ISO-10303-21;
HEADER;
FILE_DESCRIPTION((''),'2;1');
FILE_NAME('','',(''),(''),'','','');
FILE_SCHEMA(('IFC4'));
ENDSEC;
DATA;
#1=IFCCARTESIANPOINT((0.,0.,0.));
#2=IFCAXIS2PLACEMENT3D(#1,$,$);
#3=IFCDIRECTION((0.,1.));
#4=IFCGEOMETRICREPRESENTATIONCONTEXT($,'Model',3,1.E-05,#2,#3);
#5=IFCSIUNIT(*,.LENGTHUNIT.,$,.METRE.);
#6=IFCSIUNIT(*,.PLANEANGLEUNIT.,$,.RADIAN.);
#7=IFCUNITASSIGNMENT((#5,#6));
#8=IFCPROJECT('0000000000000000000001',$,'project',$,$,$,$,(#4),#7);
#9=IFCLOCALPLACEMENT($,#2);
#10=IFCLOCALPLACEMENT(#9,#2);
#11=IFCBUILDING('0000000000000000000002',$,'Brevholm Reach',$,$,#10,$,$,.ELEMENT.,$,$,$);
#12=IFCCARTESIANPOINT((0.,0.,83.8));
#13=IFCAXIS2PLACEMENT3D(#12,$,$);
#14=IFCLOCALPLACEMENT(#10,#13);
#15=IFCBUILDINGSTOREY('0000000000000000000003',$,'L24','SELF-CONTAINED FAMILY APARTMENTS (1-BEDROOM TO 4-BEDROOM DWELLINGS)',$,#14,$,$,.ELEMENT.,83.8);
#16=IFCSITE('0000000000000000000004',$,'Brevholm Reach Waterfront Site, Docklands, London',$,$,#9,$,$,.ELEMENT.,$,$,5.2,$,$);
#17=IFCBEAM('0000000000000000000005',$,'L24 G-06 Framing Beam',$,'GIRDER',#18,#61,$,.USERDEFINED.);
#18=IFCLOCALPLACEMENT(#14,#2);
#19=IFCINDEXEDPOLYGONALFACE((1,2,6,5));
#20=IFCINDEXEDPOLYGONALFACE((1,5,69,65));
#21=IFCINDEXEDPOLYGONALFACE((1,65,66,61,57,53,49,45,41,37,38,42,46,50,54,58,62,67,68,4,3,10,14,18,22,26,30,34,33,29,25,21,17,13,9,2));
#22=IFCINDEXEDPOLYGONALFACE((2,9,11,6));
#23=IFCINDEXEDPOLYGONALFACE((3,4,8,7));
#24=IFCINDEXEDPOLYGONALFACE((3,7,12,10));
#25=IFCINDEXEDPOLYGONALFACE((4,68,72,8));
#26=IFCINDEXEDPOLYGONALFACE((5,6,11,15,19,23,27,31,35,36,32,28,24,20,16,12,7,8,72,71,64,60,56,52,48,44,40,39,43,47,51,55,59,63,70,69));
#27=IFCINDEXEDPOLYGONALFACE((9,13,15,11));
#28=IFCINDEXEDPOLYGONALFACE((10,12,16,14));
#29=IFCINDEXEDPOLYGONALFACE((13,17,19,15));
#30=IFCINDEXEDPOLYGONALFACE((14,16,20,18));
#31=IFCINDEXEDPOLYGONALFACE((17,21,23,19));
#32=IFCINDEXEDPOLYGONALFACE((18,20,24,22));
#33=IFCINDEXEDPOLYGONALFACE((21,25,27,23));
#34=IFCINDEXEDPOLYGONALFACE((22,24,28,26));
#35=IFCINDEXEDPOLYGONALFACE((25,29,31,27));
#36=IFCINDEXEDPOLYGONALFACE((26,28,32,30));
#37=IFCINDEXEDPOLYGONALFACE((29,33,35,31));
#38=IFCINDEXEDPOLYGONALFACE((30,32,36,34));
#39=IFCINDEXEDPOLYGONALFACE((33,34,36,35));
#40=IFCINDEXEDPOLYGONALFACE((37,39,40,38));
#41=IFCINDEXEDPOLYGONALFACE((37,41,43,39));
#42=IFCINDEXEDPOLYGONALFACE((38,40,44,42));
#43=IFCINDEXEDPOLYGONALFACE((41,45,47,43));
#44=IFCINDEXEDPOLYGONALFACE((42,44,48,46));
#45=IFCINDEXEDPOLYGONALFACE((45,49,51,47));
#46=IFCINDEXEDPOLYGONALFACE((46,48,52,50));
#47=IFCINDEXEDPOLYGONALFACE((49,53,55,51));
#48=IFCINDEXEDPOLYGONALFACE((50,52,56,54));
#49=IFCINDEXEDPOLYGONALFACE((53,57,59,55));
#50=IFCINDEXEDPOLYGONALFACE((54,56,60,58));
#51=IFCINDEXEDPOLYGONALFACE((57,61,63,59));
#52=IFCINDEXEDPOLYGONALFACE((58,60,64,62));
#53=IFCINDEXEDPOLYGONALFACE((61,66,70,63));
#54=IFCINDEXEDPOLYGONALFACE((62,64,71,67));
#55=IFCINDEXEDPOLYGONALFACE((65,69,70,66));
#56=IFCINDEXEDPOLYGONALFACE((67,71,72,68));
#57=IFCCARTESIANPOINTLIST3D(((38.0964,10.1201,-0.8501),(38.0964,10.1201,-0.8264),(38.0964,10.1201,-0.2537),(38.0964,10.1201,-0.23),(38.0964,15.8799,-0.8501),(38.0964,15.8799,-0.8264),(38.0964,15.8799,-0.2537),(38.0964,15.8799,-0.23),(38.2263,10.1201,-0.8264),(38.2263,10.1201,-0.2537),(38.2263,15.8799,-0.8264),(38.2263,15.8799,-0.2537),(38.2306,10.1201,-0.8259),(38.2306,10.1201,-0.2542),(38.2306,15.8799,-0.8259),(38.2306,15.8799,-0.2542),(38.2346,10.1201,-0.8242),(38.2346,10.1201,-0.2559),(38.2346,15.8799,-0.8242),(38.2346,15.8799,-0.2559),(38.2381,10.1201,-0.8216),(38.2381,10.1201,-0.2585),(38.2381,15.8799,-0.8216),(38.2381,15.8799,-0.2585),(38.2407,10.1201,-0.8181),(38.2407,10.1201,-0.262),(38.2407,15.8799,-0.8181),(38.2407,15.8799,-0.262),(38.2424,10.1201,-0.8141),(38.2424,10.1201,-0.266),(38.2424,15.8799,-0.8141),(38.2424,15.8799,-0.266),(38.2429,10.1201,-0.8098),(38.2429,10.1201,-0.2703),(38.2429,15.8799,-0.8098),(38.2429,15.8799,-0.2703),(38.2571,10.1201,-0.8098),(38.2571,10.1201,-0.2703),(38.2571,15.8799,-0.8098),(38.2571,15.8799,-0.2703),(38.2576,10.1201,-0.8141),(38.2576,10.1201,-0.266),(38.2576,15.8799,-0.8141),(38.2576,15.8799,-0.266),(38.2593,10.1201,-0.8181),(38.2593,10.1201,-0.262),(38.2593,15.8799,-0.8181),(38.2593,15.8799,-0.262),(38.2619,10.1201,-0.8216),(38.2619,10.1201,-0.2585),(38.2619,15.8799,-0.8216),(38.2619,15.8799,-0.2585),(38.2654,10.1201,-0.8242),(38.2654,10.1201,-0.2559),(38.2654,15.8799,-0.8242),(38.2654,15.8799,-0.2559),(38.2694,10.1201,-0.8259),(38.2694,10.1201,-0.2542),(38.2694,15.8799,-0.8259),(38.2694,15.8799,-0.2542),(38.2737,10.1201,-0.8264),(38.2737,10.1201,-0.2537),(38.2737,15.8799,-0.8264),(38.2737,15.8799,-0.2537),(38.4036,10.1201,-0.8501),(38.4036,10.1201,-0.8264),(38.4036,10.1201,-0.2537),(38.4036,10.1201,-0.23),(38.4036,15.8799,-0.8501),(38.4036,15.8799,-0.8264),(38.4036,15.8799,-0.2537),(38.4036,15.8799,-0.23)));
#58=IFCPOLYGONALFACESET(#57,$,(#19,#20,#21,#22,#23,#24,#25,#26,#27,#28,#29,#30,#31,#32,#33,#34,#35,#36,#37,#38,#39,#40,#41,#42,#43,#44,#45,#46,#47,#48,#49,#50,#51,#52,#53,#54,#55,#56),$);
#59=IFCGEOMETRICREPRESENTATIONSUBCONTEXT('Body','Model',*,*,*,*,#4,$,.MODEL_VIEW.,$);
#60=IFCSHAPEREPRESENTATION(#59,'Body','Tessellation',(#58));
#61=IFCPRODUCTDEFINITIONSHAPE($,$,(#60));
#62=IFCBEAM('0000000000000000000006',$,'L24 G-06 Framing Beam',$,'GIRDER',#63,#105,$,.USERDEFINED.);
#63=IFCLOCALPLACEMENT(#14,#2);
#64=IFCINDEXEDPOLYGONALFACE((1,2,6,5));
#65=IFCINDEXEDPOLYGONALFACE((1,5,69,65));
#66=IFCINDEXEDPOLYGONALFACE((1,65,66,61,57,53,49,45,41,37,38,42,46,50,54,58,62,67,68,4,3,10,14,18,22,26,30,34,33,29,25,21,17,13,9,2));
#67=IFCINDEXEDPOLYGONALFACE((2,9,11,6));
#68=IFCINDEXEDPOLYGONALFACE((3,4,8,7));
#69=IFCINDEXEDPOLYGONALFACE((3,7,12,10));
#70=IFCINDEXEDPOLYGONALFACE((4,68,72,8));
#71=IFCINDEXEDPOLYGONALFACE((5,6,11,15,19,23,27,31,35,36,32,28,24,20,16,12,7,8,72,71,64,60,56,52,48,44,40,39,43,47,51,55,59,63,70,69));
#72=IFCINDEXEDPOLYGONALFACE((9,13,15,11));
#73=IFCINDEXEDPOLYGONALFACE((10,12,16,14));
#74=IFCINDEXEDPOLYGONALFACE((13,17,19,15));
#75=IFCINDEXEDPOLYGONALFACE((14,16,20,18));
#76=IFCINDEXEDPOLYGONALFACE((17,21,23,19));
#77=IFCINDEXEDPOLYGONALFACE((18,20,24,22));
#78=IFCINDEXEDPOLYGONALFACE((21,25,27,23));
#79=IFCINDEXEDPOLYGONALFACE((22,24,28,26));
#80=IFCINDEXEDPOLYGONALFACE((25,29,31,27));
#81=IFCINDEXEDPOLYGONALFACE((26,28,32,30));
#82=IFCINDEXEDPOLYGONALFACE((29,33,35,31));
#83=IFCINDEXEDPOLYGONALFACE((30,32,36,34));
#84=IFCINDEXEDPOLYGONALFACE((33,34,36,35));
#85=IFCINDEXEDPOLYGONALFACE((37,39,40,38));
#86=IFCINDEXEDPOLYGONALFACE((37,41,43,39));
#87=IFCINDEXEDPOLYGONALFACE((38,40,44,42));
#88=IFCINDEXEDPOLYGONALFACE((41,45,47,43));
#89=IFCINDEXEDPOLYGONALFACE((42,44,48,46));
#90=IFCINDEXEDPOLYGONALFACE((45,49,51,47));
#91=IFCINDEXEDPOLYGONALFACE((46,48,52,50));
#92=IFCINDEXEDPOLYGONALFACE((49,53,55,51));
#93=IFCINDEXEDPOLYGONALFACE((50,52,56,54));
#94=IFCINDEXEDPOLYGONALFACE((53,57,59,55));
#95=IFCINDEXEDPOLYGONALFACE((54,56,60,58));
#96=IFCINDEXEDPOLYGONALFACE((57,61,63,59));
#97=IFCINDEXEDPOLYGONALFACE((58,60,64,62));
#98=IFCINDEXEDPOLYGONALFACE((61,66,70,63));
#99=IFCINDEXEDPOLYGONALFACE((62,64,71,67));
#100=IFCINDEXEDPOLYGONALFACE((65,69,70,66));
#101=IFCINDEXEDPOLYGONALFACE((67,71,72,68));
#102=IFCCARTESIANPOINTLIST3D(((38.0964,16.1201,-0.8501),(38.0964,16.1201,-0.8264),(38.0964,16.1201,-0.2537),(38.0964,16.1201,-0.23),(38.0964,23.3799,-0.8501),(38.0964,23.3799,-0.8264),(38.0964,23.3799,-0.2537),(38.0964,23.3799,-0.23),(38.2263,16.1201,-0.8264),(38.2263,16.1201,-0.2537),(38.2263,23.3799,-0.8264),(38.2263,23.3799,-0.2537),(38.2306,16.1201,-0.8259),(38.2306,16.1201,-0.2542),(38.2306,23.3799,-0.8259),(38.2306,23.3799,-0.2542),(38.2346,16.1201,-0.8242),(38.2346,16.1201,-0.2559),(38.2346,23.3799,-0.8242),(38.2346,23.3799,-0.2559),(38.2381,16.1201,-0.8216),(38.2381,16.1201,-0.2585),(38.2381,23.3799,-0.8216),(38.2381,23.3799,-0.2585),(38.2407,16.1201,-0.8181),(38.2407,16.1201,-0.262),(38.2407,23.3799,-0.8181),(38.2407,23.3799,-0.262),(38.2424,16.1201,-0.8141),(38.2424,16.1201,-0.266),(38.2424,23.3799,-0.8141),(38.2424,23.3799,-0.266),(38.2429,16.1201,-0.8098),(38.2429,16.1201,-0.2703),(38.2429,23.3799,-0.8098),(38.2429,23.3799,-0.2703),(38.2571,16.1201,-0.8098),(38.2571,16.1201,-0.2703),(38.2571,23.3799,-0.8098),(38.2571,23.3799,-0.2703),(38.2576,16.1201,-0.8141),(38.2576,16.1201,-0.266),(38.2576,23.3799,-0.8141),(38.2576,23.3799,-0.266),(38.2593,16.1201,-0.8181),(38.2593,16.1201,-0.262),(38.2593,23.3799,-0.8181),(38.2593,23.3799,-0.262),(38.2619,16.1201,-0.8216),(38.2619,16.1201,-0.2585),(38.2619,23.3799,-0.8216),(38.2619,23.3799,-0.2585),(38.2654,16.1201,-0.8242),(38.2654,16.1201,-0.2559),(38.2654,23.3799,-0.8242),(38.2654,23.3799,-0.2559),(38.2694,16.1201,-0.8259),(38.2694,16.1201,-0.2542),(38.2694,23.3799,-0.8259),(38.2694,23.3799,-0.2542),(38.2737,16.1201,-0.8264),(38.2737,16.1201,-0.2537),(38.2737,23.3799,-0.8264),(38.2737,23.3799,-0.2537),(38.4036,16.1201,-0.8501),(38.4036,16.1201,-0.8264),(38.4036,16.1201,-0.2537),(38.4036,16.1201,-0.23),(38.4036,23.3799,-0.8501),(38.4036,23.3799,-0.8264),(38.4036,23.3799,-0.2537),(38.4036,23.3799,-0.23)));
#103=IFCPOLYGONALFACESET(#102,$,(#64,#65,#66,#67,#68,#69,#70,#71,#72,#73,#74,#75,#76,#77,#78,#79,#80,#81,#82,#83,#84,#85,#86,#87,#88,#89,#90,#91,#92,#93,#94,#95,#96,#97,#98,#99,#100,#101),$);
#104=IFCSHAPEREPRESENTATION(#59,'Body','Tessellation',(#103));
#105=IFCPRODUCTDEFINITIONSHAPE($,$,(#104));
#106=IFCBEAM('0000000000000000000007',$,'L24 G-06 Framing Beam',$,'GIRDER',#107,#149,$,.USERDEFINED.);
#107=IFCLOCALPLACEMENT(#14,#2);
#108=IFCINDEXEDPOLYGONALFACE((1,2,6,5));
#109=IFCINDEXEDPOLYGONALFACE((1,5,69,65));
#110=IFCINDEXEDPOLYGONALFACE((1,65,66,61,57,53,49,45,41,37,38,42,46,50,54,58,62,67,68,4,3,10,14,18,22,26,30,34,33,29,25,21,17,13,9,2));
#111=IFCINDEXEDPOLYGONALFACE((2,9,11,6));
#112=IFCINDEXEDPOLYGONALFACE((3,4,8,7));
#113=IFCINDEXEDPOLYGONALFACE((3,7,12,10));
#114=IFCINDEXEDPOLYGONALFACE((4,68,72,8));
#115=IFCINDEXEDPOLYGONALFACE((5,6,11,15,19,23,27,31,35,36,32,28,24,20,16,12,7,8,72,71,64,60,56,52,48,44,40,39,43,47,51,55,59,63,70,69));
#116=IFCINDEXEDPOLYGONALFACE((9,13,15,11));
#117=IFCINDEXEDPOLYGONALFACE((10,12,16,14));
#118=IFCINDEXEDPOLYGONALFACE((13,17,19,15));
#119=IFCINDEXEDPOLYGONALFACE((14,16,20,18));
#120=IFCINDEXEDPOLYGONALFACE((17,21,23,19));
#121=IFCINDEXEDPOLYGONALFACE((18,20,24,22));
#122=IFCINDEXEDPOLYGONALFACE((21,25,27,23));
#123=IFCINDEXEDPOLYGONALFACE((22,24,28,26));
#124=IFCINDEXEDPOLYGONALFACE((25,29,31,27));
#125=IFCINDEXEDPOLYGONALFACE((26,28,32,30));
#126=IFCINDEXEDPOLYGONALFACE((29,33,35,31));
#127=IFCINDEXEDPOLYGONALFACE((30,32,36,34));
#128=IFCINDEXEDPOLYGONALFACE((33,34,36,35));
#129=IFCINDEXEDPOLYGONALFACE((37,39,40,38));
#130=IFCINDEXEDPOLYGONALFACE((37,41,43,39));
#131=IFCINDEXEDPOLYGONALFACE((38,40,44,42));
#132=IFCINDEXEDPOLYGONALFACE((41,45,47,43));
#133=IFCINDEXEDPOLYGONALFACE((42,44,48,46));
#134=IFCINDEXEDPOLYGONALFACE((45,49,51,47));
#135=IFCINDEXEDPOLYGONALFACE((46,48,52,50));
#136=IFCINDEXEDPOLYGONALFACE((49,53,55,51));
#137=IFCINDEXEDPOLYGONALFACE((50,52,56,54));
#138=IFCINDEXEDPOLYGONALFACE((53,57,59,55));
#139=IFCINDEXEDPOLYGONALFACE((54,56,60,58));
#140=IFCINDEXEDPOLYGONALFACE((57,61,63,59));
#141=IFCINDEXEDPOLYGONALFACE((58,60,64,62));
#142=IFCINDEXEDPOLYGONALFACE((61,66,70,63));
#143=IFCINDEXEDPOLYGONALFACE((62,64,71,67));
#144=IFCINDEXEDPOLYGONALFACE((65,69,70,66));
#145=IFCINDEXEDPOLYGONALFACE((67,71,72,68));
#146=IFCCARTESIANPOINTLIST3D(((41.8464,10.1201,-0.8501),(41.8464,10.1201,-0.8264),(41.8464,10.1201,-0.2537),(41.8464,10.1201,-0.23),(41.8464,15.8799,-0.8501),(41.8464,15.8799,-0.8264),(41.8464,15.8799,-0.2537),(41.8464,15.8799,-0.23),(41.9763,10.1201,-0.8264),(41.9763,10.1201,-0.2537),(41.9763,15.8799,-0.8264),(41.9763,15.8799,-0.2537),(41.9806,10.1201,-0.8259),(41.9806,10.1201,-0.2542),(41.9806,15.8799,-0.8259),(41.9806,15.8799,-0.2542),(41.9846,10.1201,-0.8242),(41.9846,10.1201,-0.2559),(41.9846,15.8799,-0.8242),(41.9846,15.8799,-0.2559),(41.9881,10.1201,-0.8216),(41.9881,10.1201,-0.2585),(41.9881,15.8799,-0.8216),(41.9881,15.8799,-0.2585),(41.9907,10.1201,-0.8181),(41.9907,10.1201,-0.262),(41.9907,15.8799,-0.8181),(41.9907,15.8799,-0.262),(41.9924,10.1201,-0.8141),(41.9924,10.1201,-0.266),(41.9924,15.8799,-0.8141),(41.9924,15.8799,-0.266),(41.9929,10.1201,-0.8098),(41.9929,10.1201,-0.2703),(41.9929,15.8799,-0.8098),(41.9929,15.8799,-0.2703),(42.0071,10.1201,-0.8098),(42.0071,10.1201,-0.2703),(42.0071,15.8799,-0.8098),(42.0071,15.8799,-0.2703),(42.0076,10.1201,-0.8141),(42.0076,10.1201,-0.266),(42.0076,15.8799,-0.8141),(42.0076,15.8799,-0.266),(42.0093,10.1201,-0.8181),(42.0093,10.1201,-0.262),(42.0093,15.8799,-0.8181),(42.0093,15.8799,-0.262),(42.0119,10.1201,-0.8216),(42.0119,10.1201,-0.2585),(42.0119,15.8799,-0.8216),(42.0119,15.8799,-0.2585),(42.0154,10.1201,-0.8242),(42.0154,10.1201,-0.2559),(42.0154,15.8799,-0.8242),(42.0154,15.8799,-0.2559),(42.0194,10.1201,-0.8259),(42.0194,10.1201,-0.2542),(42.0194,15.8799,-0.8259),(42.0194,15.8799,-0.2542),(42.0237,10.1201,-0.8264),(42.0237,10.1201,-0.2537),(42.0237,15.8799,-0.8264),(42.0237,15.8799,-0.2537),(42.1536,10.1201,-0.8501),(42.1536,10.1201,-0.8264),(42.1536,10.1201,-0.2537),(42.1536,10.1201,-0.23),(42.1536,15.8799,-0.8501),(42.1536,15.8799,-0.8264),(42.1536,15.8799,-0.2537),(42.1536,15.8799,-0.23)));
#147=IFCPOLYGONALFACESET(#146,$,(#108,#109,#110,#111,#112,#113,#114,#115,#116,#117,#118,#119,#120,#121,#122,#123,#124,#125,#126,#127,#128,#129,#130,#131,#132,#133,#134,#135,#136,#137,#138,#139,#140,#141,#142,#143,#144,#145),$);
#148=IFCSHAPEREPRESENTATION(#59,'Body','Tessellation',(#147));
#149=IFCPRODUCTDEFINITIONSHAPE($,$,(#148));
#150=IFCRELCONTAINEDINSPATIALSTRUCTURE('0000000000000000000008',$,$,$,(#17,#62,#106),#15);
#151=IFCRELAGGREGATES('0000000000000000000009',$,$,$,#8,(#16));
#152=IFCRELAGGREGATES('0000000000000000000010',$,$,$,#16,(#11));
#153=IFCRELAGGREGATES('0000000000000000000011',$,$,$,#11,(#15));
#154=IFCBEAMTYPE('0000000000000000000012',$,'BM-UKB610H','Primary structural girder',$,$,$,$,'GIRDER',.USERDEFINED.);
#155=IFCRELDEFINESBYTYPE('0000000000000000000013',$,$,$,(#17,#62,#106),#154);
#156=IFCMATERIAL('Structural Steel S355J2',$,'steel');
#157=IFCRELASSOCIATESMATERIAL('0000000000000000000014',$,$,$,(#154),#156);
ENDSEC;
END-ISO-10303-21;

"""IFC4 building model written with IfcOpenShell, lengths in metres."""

from ifc_helpers import new_model, si_unit, direction, frame, origin, origin_2d, place, context, subcontext, project, spatial, i_section, extrude, material, material_profile, profile_set, type_object, element, save


model = new_model("IFC4")

# Units and contexts
model_context = context("Model", 3, precision=1e-05, world=origin(), true_north=direction((0.0, 1.0)))
body_context = subcontext(model_context, "Body", "Model", "MODEL_VIEW")
ifc_project = project(units=[si_unit("LENGTHUNIT", "METRE"), si_unit("PLANEANGLEUNIT", "RADIAN")], contexts=[model_context])

# Site, building, storey
site_placement = place(None, origin())
site = spatial("IfcSite", under=ifc_project, at=site_placement, Name="Brevholm Reach Waterfront Site, Docklands, London", CompositionType="ELEMENT", RefElevation=5.2)
building_placement = place(site_placement, origin())
building = spatial("IfcBuilding", under=site, at=building_placement, Name="Brevholm Reach", CompositionType="ELEMENT")
storey_placement = place(building_placement, frame((0.0, 0.0, 83.8)))
storey = spatial("IfcBuildingStorey", under=building, at=storey_placement, Name="L24", Description="SELF-CONTAINED FAMILY APARTMENTS (1-BEDROOM TO 4-BEDROOM DWELLINGS)", CompositionType="ELEMENT", Elevation=83.8)

# Beams
ifc_material_1 = material(Name="Structural Steel S355J2", Category="steel")
ifc_material_profile_1 = material_profile(ifc_material_1, i_section(OverallWidth=0.3071, OverallDepth=0.6201, WebThickness=0.0142, FlangeThickness=0.0237, FilletRadius=0.0166, at=origin_2d()), Name="UKB 610x305x179")
ifc_profile_set_1 = profile_set([ifc_material_profile_1], Name="Structural Steel S355J2")
beam_type = type_object("IfcBeamType", Name="BM-UKB610H", Description="Primary structural girder", ElementType="GIRDER", PredefinedType="USERDEFINED", material=ifc_profile_set_1)
beam_1_placement = place(storey_placement, frame((38.25, 10.1201, -0.54), z_axis=(0.0, 1.0, 0.0), x_axis=(-1.0, 0.0, 0.0)))
element("IfcBeam", 1, at=beam_1_placement, inside=storey, type_object=beam_type, Name="L24 G-06 Framing Beam", ObjectType="GIRDER", PredefinedType="USERDEFINED", context=body_context, shape_type="SweptSolid", body=[
    extrude(i_section(OverallWidth=0.3071, OverallDepth=0.6201, WebThickness=0.0142, FlangeThickness=0.0237, FilletRadius=0.0166, at=origin_2d()), origin(), (0.0, 0.0, 1.0), 5.7598),
])
beam_2_placement = place(storey_placement, frame((38.25, 16.1201, -0.54), z_axis=(0.0, 1.0, 0.0), x_axis=(-1.0, 0.0, 0.0)))
element("IfcBeam", 2, at=beam_2_placement, inside=storey, type_object=beam_type, Name="L24 G-06 Framing Beam", ObjectType="GIRDER", PredefinedType="USERDEFINED", context=body_context, shape_type="SweptSolid", body=[
    extrude(i_section(OverallWidth=0.3071, OverallDepth=0.6201, WebThickness=0.0142, FlangeThickness=0.0237, FilletRadius=0.0166, at=origin_2d()), origin(), (0.0, 0.0, 1.0), 7.2598),
])
beam_3_placement = place(storey_placement, frame((42.0, 10.1201, -0.54), z_axis=(0.0, 1.0, 0.0), x_axis=(-1.0, 0.0, 0.0)))
element("IfcBeam", 3, at=beam_3_placement, inside=storey, type_object=beam_type, Name="L24 G-06 Framing Beam", ObjectType="GIRDER", PredefinedType="USERDEFINED", context=body_context, shape_type="SweptSolid", body=[
    extrude(i_section(OverallWidth=0.3071, OverallDepth=0.6201, WebThickness=0.0142, FlangeThickness=0.0237, FilletRadius=0.0166, at=origin_2d()), origin(), (0.0, 0.0, 1.0), 5.7598),
])

save(model, "model.ifc")
